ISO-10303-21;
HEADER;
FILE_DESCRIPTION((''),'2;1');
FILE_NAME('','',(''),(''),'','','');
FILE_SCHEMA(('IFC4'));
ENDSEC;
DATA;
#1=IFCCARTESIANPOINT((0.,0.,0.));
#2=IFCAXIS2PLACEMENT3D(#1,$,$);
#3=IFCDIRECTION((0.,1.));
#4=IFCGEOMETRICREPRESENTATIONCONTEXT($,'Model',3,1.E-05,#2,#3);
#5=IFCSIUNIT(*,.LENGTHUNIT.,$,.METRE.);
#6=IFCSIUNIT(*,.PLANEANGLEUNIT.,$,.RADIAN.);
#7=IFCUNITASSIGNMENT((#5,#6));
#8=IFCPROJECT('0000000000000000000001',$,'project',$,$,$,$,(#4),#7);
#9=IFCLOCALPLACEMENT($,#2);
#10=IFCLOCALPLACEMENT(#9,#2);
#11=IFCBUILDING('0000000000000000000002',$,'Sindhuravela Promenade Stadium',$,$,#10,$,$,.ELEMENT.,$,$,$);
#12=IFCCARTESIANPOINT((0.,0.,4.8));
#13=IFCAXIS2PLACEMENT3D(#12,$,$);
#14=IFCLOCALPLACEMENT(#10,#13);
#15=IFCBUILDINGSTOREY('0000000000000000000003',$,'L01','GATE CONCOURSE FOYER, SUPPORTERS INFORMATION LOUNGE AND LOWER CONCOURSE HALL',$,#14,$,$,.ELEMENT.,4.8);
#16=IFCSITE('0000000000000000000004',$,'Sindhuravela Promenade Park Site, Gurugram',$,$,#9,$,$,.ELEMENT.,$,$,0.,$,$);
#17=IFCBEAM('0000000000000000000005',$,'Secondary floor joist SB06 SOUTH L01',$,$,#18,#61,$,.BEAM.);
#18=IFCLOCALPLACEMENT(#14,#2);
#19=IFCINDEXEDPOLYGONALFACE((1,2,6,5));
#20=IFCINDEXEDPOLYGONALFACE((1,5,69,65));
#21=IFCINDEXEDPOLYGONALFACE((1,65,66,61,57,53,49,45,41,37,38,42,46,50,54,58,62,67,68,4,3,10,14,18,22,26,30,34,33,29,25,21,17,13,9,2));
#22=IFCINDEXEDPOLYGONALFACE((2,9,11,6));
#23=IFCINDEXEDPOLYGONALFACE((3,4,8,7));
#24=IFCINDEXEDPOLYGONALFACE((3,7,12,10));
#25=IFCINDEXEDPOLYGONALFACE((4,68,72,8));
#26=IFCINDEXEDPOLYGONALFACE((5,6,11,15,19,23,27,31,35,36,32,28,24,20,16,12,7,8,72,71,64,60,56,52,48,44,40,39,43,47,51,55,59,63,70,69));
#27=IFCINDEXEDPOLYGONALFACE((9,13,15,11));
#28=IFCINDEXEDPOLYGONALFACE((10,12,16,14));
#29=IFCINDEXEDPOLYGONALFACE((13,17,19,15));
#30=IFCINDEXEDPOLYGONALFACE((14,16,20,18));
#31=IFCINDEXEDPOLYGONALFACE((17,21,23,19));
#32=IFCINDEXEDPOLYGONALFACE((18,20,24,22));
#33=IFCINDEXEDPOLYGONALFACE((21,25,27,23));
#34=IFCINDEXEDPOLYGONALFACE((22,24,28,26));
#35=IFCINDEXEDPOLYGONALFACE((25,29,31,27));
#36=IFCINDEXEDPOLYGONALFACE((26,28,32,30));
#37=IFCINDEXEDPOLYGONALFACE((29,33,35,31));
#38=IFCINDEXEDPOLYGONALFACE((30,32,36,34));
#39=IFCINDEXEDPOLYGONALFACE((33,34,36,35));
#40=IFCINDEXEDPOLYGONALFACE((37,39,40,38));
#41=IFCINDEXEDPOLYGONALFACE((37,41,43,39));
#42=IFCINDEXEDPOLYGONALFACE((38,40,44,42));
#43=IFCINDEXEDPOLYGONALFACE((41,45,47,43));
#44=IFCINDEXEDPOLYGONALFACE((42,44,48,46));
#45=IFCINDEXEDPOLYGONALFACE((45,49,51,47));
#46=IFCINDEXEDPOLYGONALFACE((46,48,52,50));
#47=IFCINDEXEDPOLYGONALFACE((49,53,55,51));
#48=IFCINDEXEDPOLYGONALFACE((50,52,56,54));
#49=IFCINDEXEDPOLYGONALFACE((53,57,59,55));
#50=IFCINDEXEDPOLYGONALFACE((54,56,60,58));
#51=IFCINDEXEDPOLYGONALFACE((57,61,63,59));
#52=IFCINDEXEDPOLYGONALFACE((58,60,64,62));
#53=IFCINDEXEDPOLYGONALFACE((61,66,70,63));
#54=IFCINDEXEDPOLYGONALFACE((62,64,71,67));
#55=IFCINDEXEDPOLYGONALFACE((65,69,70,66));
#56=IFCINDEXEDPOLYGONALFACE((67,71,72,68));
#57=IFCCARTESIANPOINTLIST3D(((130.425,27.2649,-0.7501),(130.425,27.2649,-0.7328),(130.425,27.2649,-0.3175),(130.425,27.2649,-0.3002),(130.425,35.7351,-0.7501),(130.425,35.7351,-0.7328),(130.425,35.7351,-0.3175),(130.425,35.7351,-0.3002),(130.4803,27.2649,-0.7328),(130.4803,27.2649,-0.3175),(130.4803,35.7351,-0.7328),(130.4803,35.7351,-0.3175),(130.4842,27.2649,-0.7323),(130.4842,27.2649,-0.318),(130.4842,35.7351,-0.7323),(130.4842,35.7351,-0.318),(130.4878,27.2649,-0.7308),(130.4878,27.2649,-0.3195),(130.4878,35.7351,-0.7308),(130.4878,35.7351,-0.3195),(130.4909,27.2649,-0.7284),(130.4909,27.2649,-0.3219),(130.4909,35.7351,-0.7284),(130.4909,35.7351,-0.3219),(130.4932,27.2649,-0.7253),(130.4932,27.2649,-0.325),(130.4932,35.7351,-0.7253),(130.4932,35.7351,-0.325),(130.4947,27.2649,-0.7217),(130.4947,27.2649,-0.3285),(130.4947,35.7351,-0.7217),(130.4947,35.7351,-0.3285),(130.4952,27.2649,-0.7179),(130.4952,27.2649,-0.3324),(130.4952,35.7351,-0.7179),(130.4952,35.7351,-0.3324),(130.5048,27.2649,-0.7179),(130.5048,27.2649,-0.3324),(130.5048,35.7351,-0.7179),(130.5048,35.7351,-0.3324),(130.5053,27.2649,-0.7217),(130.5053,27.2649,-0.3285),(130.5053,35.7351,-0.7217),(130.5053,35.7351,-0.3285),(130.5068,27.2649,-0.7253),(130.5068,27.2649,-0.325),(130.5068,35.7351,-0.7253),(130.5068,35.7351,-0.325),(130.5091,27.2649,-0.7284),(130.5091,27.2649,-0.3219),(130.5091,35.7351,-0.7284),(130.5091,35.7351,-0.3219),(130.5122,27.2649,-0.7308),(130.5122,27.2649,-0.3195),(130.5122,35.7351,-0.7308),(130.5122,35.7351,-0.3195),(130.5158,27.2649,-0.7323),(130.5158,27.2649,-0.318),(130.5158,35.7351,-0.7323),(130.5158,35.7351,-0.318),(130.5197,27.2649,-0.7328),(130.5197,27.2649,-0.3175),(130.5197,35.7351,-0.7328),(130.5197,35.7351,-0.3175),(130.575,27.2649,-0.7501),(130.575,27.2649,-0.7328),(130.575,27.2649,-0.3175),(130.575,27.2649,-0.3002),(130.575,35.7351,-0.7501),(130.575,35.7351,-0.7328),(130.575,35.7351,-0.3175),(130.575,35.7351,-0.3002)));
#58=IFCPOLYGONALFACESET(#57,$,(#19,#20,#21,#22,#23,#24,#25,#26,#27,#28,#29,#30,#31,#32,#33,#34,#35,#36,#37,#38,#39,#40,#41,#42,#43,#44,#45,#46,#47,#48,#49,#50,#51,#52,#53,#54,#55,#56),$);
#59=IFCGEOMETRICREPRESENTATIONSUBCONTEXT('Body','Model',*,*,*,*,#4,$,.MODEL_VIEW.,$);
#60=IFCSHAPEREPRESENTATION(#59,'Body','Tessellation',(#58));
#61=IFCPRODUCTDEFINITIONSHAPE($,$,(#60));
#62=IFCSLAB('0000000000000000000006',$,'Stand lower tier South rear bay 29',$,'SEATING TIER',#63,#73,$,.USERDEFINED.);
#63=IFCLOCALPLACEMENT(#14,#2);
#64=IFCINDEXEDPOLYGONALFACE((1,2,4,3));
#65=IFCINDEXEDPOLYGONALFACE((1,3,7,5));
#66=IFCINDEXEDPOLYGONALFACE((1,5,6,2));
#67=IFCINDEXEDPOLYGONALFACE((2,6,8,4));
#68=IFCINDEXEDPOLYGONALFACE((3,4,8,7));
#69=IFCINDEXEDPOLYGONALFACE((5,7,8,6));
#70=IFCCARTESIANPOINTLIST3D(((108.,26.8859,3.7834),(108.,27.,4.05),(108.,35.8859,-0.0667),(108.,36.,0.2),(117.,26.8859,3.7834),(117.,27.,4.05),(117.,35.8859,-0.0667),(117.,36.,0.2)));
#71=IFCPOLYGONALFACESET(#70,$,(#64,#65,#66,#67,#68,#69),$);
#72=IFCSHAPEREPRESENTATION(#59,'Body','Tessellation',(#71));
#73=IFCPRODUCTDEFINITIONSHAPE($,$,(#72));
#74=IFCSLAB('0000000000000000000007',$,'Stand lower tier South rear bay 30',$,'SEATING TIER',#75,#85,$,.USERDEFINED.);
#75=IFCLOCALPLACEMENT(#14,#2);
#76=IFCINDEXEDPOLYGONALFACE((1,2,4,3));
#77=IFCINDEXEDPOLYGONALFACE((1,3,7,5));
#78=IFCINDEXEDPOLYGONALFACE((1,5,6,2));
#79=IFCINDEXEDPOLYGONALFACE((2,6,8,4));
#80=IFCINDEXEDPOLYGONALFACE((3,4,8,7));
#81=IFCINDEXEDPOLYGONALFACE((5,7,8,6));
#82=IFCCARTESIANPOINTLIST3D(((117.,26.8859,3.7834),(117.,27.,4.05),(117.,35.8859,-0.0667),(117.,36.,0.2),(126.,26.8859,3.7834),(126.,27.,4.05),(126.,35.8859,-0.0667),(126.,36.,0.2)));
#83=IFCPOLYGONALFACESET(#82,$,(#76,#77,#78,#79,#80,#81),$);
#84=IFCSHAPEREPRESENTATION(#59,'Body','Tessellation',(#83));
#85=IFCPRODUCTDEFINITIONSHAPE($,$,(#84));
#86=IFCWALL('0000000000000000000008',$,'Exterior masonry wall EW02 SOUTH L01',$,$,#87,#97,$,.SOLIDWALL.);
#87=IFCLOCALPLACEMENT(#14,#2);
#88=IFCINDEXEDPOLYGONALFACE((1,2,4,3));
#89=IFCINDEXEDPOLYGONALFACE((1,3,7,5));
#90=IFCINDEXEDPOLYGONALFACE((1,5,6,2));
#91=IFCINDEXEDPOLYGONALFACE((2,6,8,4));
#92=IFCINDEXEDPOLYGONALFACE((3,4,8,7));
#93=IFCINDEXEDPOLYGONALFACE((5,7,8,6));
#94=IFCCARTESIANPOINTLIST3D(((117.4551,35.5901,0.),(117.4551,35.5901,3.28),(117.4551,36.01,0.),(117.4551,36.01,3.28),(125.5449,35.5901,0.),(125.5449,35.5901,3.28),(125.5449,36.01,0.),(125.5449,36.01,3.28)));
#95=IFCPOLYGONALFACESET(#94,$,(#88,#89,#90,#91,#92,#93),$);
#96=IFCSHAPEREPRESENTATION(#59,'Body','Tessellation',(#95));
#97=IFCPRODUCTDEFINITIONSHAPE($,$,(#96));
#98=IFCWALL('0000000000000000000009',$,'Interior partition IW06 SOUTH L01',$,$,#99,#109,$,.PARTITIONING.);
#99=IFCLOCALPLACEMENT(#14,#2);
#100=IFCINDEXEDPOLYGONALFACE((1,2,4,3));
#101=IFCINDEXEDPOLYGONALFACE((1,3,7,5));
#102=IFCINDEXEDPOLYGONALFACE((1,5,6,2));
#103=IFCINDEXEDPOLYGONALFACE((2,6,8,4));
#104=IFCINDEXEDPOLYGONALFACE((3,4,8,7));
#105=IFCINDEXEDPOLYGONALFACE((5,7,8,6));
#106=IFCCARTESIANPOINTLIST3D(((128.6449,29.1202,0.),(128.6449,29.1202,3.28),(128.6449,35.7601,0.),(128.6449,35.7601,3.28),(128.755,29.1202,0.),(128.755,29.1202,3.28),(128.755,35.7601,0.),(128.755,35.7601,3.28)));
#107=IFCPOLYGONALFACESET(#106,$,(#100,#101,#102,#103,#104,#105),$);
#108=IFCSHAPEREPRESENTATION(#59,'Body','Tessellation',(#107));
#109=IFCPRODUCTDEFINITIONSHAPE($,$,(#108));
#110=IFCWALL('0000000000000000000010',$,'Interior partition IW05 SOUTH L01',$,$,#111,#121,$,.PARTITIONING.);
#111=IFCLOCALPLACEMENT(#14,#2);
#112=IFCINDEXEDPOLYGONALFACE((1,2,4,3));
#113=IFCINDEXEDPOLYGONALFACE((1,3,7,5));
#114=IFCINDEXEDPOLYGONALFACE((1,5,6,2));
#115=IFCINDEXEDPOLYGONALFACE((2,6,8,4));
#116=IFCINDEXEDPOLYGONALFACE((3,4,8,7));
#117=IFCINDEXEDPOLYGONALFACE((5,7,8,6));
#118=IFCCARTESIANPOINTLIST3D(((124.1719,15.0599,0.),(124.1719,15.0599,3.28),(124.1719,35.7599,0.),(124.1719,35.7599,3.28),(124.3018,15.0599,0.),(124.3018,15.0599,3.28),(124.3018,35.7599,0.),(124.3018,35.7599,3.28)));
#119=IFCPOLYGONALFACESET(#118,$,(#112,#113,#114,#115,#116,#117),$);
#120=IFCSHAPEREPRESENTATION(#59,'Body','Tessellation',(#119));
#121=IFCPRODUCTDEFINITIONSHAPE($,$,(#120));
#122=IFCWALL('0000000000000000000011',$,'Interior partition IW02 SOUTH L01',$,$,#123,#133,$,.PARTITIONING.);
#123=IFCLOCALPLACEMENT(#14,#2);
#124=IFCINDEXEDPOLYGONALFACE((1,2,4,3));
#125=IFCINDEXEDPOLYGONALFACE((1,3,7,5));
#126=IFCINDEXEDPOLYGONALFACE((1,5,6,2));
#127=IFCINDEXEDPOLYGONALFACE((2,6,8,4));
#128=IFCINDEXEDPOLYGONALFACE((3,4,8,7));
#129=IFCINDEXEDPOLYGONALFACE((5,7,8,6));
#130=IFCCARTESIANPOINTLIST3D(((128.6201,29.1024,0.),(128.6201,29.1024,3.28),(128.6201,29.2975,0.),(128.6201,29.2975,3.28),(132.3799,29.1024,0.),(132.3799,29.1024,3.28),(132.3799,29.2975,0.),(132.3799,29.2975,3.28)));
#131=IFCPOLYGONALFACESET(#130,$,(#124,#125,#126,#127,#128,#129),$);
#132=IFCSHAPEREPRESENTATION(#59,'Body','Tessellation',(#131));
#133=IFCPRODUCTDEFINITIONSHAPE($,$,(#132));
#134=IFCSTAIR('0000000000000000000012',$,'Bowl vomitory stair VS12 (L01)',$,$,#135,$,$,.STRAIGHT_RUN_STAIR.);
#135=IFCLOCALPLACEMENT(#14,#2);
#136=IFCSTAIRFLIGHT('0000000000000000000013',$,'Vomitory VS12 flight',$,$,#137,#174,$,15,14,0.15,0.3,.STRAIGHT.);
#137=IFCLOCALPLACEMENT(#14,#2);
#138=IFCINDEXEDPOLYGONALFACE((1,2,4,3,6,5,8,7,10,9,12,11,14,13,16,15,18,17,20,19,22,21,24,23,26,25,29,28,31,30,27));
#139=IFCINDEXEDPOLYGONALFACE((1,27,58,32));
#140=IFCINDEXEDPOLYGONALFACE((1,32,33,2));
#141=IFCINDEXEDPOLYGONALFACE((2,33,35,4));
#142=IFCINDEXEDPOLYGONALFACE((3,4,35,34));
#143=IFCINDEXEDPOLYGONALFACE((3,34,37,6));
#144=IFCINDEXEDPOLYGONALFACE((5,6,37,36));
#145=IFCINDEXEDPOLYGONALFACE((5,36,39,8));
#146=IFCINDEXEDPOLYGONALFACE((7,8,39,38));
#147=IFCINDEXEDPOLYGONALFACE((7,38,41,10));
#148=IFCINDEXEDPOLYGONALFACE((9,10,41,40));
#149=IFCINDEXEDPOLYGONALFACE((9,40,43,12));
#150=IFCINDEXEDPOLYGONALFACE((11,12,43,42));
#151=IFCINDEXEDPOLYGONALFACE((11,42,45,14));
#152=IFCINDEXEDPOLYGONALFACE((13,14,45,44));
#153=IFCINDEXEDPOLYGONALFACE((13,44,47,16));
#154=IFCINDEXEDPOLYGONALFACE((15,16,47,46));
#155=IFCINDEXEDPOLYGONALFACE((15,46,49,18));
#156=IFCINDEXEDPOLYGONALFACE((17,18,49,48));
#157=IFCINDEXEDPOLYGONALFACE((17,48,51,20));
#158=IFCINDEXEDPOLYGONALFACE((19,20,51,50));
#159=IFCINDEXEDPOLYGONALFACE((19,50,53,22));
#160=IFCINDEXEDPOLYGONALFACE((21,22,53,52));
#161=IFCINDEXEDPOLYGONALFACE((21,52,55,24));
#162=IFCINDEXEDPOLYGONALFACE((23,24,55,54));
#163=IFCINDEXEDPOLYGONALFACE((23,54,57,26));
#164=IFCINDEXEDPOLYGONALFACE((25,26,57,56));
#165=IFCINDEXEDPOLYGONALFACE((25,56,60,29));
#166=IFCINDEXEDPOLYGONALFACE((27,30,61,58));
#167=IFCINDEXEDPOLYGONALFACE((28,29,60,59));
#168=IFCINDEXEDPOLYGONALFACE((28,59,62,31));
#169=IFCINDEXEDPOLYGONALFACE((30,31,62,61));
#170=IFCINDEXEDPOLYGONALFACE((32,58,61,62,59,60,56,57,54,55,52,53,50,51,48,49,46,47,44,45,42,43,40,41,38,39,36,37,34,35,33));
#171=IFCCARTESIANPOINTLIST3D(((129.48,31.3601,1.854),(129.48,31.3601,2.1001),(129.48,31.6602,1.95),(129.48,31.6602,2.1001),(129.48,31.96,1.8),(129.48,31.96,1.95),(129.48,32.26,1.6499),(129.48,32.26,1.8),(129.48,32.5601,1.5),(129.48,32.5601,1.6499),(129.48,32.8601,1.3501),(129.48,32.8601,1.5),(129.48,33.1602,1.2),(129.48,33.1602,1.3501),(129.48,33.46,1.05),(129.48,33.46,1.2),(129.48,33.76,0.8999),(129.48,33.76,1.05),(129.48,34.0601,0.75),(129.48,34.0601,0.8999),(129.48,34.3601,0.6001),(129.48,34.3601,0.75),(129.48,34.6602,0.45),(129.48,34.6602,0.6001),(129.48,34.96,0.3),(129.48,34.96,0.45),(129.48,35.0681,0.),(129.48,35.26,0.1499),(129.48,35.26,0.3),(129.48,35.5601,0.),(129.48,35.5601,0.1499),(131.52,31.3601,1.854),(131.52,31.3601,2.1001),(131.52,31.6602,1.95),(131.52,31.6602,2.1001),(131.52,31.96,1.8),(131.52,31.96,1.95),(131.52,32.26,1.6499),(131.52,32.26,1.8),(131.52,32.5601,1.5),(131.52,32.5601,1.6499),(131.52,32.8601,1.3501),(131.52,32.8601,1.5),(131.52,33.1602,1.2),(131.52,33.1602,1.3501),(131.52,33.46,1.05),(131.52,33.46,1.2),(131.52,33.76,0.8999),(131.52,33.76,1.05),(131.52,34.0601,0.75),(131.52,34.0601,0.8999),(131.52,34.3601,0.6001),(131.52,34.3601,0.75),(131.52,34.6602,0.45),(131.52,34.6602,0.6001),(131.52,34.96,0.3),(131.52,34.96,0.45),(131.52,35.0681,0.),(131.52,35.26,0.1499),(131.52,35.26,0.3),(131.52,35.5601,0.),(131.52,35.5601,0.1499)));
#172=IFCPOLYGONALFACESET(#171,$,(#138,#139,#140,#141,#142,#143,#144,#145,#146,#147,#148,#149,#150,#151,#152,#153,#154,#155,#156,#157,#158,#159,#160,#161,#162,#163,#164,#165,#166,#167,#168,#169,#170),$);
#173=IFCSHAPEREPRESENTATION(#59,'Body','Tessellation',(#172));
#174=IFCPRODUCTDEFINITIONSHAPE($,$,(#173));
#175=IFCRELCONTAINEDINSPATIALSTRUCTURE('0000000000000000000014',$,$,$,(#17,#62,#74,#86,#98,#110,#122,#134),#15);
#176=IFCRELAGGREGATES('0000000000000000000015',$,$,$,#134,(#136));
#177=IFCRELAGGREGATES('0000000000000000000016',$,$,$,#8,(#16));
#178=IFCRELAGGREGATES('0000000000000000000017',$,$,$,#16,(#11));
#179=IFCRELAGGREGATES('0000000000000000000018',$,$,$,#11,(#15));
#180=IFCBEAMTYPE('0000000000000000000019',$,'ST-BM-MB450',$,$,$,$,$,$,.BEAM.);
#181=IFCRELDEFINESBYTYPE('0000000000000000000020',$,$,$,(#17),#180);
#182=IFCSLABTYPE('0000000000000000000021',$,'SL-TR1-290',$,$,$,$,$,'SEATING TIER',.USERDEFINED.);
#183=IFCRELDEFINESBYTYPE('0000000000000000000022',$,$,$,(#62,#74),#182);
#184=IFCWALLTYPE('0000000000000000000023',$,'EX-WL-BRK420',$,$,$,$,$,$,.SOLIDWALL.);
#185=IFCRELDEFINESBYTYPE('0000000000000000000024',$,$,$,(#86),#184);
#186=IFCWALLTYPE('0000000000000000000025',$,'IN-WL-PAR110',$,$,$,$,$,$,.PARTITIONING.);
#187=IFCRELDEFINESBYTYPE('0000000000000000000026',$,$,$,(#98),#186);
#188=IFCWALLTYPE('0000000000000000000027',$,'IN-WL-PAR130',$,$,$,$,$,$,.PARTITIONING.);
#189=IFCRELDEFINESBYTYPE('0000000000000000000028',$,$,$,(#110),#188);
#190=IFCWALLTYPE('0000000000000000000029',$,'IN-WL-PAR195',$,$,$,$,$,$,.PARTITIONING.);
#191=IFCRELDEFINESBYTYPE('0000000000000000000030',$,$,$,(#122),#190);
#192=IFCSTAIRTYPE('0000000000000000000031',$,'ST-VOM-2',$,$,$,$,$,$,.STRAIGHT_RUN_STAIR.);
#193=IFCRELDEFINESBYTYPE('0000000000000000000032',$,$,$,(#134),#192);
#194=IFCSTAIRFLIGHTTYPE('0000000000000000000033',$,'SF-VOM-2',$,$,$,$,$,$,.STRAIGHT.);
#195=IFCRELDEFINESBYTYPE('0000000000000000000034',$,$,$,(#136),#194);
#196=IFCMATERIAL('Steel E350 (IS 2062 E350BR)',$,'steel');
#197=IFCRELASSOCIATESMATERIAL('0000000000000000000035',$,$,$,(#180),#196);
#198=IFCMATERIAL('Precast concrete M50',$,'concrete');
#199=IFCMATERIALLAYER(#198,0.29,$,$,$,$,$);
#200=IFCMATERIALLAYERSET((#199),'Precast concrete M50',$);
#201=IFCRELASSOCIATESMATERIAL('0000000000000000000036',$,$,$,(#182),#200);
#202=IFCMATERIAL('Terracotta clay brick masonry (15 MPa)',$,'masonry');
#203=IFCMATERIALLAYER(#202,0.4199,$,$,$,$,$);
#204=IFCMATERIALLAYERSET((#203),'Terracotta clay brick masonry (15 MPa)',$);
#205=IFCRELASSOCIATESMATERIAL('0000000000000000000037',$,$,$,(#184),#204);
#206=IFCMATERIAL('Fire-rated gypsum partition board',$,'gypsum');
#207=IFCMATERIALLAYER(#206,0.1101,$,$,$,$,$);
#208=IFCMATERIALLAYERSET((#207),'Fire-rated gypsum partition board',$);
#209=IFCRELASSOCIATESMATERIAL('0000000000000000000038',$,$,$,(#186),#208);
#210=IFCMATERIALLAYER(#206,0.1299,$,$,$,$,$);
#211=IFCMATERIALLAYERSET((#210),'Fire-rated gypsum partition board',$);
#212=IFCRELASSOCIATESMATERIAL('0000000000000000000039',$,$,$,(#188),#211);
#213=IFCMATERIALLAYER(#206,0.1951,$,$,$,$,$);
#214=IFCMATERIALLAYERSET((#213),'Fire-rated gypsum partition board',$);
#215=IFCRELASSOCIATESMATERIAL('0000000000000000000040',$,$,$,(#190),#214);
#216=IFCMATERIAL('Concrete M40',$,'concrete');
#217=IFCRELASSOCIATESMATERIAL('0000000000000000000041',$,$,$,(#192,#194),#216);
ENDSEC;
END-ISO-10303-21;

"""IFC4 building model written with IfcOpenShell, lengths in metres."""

from ifc_helpers import new_model, si_unit, direction, frame, frame_2d, origin, origin_2d, place, context, subcontext, project, spatial, polyline, rectangle, i_section, outline, extrude, material, layer, layer_set, material_profile, profile_set, type_object, element, aggregate, save


model = new_model("IFC4")

# Units and contexts
model_context = context("Model", 3, precision=1e-05, world=origin(), true_north=direction((0.0, 1.0)))
body_context = subcontext(model_context, "Body", "Model", "MODEL_VIEW")
ifc_project = project(units=[si_unit("LENGTHUNIT", "METRE"), si_unit("PLANEANGLEUNIT", "RADIAN")], contexts=[model_context])

# Site, building, storey
site_placement = place(None, origin())
site = spatial("IfcSite", under=ifc_project, at=site_placement, Name="Sindhuravela Promenade Park Site, Gurugram", CompositionType="ELEMENT", RefElevation=0.0)
building_placement = place(site_placement, origin())
building = spatial("IfcBuilding", under=site, at=building_placement, Name="Sindhuravela Promenade Stadium", CompositionType="ELEMENT")
storey_placement = place(building_placement, frame((0.0, 0.0, 4.8)))
storey = spatial("IfcBuildingStorey", under=building, at=storey_placement, Name="L01", Description="GATE CONCOURSE FOYER, SUPPORTERS INFORMATION LOUNGE AND LOWER CONCOURSE HALL", CompositionType="ELEMENT", Elevation=4.8)

# Shared definitions
ifc_material_1 = material(Name="Concrete M40", Category="concrete")

# Beam
ifc_material_2 = material(Name="Steel E350 (IS 2062 E350BR)", Category="steel")
ifc_material_profile_1 = material_profile(ifc_material_2, i_section(OverallWidth=0.1499, OverallDepth=0.45, WebThickness=0.0095, FlangeThickness=0.0173, FilletRadius=0.0149, at=origin_2d()), Name="ISMB 450")
ifc_profile_set_1 = profile_set([ifc_material_profile_1], Name="Steel E350 (IS 2062 E350BR)")
beam_type_1 = type_object("IfcBeamType", Name="ST-BM-MB450", PredefinedType="BEAM", material=ifc_profile_set_1)
beam_1_placement = place(storey_placement, frame((130.5, 27.2649, -0.5251), z_axis=(0.0, 1.0, 0.0), x_axis=(-1.0, 0.0, 0.0)))
element("IfcBeam", 1, at=beam_1_placement, inside=storey, type_object=beam_type_1, Name="Secondary floor joist SB06 SOUTH L01", PredefinedType="BEAM", context=body_context, shape_type="SweptSolid", body=[
    extrude(i_section(OverallWidth=0.1499, OverallDepth=0.45, WebThickness=0.0095, FlangeThickness=0.0173, FilletRadius=0.0149, at=origin_2d()), origin(), (0.0, 0.0, 1.0), 8.4702),
])

# Slabs
ifc_material_3 = material(Name="Precast concrete M50", Category="concrete")
ifc_layer_1 = layer(ifc_material_3, 0.29)
ifc_layer_set_1 = layer_set([ifc_layer_1], Name="Precast concrete M50")
slab_type = type_object("IfcSlabType", Name="SL-TR1-290", ElementType="SEATING TIER", PredefinedType="USERDEFINED", material=ifc_layer_set_1)
for number, where, z_axis, x_axis, name in (
    (2, (117.0, 36.0, 0.2), (0.0, 0.393311, 0.919405), (-1.0, 0.0, 0.0), "Stand lower tier South rear bay 29"),
    (3, (126.0, 36.0, 0.2), (0.0, 0.393311, 0.919405), (-1.0, 0.0, 0.0), "Stand lower tier South rear bay 30"),
):
    element("IfcSlab", number, at=place(storey_placement, frame(where, z_axis=z_axis, x_axis=x_axis)), inside=storey, type_object=slab_type, Name=name, ObjectType="SEATING TIER", PredefinedType="USERDEFINED", context=body_context, shape_type="SweptSolid", body=[
        extrude(outline(polyline([(0.0, 0.0), (9.0, 0.0), (9.0, 9.7889), (0.0, 9.7889), (0.0, 0.0)])), origin(), (0.0, 0.0, -1.0), 0.29),
    ])

# Walls
ifc_material_4 = material(Name="Terracotta clay brick masonry (15 MPa)", Category="masonry")
ifc_layer_2 = layer(ifc_material_4, 0.4199)
ifc_layer_set_2 = layer_set([ifc_layer_2], Name="Terracotta clay brick masonry (15 MPa)")
wall_type_1 = type_object("IfcWallType", Name="EX-WL-BRK420", PredefinedType="SOLIDWALL", material=ifc_layer_set_2)
wall_1_placement = place(storey_placement, frame((117.4551, 35.8, 0.0), z_axis=(0.0, 0.0, 1.0), x_axis=(1.0, 0.0, 0.0)))
element("IfcWall", 4, at=wall_1_placement, inside=storey, type_object=wall_type_1, Name="Exterior masonry wall EW02 SOUTH L01", PredefinedType="SOLIDWALL", context=body_context, shape_type="SweptSolid", body=[
    extrude(rectangle(XDim=8.0898, YDim=0.4199, at=frame_2d((4.0449, 0.0))), origin(), (0.0, 0.0, 1.0), 3.28),
])
ifc_material_5 = material(Name="Fire-rated gypsum partition board", Category="gypsum")
ifc_layer_3 = layer(ifc_material_5, 0.1101)
ifc_layer_set_3 = layer_set([ifc_layer_3], Name="Fire-rated gypsum partition board")
wall_type_2 = type_object("IfcWallType", Name="IN-WL-PAR110", PredefinedType="PARTITIONING", material=ifc_layer_set_3)
wall_2_placement = place(storey_placement, frame((128.7, 35.76, 0.0), z_axis=(0.0, 0.0, 1.0), x_axis=(0.0, -1.0, 0.0)))
element("IfcWall", 5, at=wall_2_placement, inside=storey, type_object=wall_type_2, Name="Interior partition IW06 SOUTH L01", PredefinedType="PARTITIONING", context=body_context, shape_type="SweptSolid", body=[
    extrude(rectangle(XDim=6.6399, YDim=0.1101, at=frame_2d((3.3198, 0.0))), origin(), (0.0, 0.0, 1.0), 3.28),
])
ifc_layer_4 = layer(ifc_material_5, 0.1299)
ifc_layer_set_4 = layer_set([ifc_layer_4], Name="Fire-rated gypsum partition board")
wall_type_3 = type_object("IfcWallType", Name="IN-WL-PAR130", PredefinedType="PARTITIONING", material=ifc_layer_set_4)
wall_3_placement = place(storey_placement, frame((124.2368, 35.76, 0.0), z_axis=(0.0, 0.0, 1.0), x_axis=(0.0, -1.0, 0.0)))
element("IfcWall", 6, at=wall_3_placement, inside=storey, type_object=wall_type_3, Name="Interior partition IW05 SOUTH L01", PredefinedType="PARTITIONING", context=body_context, shape_type="SweptSolid", body=[
    extrude(rectangle(XDim=20.7, YDim=0.1299, at=frame_2d((10.3501, 0.0))), origin(), (0.0, 0.0, 1.0), 3.28),
])
ifc_layer_5 = layer(ifc_material_5, 0.1951)
ifc_layer_set_5 = layer_set([ifc_layer_5], Name="Fire-rated gypsum partition board")
wall_type_4 = type_object("IfcWallType", Name="IN-WL-PAR195", PredefinedType="PARTITIONING", material=ifc_layer_set_5)
wall_4_placement = place(storey_placement, frame((128.6201, 29.2, 0.0), z_axis=(0.0, 0.0, 1.0), x_axis=(1.0, 0.0, 0.0)))
element("IfcWall", 7, at=wall_4_placement, inside=storey, type_object=wall_type_4, Name="Interior partition IW02 SOUTH L01", PredefinedType="PARTITIONING", context=body_context, shape_type="SweptSolid", body=[
    extrude(rectangle(XDim=3.7598, YDim=0.1951, at=frame_2d((1.8799, 0.0))), origin(), (0.0, 0.0, 1.0), 3.28),
])

# Stair, stair flight
stair_type = type_object("IfcStairType", Name="ST-VOM-2", PredefinedType="STRAIGHT_RUN_STAIR", material=ifc_material_1)
stair_placement = place(storey_placement, origin())
stair = element("IfcStair", 8, at=stair_placement, inside=storey, type_object=stair_type, Name="Bowl vomitory stair VS12 (L01)", PredefinedType="STRAIGHT_RUN_STAIR")
stair_flight_type = type_object("IfcStairFlightType", Name="SF-VOM-2", PredefinedType="STRAIGHT", material=ifc_material_1)
stair_flight_placement = place(storey_placement, frame((130.5, 35.5601, 0.0), z_axis=(0.0, 0.0, 1.0), x_axis=(0.0, -1.0, 0.0)))
stair_flight = element("IfcStairFlight", 9, at=stair_flight_placement, type_object=stair_flight_type, Name="Vomitory VS12 flight", NumberOfRisers=15, NumberOfTreads=14, PredefinedType="STRAIGHT", RiserHeight=0.15, TreadLength=0.3, context=body_context, shape_type="SweptSolid", body=[
    extrude(outline(polyline([(0.0, 0.0), (0.0, 0.1499), (0.3, 0.1499), (0.3, 0.3), (0.6001, 0.3), (0.6001, 0.45), (0.8999, 0.45), (0.8999, 0.6001), (1.2, 0.6001), (1.2, 0.75), (1.5, 0.75), (1.5, 0.8999), (1.8, 0.8999), (1.8, 1.05), (2.1001, 1.05), (2.1001, 1.2), (2.3999, 1.2), (2.3999, 1.3501), (2.7, 1.3501), (2.7, 1.5), (3.0, 1.5), (3.0, 1.6499), (3.3, 1.6499), (3.3, 1.8), (3.6001, 1.8), (3.6001, 1.95), (3.8999, 1.95), (3.8999, 2.1001), (4.2, 2.1001), (4.2, 2.25), (4.2, 1.854), (0.4919, 0.0), (0.0, 0.0)])), frame((0.0, 1.02, 0.0), z_axis=(0.0, -1.0, 0.0), x_axis=(1.0, 0.0, 0.0)), (0.0, 0.0, 1.0), 2.04),
])
aggregate(stair, [stair_flight])

save(model, "model.ifc")
